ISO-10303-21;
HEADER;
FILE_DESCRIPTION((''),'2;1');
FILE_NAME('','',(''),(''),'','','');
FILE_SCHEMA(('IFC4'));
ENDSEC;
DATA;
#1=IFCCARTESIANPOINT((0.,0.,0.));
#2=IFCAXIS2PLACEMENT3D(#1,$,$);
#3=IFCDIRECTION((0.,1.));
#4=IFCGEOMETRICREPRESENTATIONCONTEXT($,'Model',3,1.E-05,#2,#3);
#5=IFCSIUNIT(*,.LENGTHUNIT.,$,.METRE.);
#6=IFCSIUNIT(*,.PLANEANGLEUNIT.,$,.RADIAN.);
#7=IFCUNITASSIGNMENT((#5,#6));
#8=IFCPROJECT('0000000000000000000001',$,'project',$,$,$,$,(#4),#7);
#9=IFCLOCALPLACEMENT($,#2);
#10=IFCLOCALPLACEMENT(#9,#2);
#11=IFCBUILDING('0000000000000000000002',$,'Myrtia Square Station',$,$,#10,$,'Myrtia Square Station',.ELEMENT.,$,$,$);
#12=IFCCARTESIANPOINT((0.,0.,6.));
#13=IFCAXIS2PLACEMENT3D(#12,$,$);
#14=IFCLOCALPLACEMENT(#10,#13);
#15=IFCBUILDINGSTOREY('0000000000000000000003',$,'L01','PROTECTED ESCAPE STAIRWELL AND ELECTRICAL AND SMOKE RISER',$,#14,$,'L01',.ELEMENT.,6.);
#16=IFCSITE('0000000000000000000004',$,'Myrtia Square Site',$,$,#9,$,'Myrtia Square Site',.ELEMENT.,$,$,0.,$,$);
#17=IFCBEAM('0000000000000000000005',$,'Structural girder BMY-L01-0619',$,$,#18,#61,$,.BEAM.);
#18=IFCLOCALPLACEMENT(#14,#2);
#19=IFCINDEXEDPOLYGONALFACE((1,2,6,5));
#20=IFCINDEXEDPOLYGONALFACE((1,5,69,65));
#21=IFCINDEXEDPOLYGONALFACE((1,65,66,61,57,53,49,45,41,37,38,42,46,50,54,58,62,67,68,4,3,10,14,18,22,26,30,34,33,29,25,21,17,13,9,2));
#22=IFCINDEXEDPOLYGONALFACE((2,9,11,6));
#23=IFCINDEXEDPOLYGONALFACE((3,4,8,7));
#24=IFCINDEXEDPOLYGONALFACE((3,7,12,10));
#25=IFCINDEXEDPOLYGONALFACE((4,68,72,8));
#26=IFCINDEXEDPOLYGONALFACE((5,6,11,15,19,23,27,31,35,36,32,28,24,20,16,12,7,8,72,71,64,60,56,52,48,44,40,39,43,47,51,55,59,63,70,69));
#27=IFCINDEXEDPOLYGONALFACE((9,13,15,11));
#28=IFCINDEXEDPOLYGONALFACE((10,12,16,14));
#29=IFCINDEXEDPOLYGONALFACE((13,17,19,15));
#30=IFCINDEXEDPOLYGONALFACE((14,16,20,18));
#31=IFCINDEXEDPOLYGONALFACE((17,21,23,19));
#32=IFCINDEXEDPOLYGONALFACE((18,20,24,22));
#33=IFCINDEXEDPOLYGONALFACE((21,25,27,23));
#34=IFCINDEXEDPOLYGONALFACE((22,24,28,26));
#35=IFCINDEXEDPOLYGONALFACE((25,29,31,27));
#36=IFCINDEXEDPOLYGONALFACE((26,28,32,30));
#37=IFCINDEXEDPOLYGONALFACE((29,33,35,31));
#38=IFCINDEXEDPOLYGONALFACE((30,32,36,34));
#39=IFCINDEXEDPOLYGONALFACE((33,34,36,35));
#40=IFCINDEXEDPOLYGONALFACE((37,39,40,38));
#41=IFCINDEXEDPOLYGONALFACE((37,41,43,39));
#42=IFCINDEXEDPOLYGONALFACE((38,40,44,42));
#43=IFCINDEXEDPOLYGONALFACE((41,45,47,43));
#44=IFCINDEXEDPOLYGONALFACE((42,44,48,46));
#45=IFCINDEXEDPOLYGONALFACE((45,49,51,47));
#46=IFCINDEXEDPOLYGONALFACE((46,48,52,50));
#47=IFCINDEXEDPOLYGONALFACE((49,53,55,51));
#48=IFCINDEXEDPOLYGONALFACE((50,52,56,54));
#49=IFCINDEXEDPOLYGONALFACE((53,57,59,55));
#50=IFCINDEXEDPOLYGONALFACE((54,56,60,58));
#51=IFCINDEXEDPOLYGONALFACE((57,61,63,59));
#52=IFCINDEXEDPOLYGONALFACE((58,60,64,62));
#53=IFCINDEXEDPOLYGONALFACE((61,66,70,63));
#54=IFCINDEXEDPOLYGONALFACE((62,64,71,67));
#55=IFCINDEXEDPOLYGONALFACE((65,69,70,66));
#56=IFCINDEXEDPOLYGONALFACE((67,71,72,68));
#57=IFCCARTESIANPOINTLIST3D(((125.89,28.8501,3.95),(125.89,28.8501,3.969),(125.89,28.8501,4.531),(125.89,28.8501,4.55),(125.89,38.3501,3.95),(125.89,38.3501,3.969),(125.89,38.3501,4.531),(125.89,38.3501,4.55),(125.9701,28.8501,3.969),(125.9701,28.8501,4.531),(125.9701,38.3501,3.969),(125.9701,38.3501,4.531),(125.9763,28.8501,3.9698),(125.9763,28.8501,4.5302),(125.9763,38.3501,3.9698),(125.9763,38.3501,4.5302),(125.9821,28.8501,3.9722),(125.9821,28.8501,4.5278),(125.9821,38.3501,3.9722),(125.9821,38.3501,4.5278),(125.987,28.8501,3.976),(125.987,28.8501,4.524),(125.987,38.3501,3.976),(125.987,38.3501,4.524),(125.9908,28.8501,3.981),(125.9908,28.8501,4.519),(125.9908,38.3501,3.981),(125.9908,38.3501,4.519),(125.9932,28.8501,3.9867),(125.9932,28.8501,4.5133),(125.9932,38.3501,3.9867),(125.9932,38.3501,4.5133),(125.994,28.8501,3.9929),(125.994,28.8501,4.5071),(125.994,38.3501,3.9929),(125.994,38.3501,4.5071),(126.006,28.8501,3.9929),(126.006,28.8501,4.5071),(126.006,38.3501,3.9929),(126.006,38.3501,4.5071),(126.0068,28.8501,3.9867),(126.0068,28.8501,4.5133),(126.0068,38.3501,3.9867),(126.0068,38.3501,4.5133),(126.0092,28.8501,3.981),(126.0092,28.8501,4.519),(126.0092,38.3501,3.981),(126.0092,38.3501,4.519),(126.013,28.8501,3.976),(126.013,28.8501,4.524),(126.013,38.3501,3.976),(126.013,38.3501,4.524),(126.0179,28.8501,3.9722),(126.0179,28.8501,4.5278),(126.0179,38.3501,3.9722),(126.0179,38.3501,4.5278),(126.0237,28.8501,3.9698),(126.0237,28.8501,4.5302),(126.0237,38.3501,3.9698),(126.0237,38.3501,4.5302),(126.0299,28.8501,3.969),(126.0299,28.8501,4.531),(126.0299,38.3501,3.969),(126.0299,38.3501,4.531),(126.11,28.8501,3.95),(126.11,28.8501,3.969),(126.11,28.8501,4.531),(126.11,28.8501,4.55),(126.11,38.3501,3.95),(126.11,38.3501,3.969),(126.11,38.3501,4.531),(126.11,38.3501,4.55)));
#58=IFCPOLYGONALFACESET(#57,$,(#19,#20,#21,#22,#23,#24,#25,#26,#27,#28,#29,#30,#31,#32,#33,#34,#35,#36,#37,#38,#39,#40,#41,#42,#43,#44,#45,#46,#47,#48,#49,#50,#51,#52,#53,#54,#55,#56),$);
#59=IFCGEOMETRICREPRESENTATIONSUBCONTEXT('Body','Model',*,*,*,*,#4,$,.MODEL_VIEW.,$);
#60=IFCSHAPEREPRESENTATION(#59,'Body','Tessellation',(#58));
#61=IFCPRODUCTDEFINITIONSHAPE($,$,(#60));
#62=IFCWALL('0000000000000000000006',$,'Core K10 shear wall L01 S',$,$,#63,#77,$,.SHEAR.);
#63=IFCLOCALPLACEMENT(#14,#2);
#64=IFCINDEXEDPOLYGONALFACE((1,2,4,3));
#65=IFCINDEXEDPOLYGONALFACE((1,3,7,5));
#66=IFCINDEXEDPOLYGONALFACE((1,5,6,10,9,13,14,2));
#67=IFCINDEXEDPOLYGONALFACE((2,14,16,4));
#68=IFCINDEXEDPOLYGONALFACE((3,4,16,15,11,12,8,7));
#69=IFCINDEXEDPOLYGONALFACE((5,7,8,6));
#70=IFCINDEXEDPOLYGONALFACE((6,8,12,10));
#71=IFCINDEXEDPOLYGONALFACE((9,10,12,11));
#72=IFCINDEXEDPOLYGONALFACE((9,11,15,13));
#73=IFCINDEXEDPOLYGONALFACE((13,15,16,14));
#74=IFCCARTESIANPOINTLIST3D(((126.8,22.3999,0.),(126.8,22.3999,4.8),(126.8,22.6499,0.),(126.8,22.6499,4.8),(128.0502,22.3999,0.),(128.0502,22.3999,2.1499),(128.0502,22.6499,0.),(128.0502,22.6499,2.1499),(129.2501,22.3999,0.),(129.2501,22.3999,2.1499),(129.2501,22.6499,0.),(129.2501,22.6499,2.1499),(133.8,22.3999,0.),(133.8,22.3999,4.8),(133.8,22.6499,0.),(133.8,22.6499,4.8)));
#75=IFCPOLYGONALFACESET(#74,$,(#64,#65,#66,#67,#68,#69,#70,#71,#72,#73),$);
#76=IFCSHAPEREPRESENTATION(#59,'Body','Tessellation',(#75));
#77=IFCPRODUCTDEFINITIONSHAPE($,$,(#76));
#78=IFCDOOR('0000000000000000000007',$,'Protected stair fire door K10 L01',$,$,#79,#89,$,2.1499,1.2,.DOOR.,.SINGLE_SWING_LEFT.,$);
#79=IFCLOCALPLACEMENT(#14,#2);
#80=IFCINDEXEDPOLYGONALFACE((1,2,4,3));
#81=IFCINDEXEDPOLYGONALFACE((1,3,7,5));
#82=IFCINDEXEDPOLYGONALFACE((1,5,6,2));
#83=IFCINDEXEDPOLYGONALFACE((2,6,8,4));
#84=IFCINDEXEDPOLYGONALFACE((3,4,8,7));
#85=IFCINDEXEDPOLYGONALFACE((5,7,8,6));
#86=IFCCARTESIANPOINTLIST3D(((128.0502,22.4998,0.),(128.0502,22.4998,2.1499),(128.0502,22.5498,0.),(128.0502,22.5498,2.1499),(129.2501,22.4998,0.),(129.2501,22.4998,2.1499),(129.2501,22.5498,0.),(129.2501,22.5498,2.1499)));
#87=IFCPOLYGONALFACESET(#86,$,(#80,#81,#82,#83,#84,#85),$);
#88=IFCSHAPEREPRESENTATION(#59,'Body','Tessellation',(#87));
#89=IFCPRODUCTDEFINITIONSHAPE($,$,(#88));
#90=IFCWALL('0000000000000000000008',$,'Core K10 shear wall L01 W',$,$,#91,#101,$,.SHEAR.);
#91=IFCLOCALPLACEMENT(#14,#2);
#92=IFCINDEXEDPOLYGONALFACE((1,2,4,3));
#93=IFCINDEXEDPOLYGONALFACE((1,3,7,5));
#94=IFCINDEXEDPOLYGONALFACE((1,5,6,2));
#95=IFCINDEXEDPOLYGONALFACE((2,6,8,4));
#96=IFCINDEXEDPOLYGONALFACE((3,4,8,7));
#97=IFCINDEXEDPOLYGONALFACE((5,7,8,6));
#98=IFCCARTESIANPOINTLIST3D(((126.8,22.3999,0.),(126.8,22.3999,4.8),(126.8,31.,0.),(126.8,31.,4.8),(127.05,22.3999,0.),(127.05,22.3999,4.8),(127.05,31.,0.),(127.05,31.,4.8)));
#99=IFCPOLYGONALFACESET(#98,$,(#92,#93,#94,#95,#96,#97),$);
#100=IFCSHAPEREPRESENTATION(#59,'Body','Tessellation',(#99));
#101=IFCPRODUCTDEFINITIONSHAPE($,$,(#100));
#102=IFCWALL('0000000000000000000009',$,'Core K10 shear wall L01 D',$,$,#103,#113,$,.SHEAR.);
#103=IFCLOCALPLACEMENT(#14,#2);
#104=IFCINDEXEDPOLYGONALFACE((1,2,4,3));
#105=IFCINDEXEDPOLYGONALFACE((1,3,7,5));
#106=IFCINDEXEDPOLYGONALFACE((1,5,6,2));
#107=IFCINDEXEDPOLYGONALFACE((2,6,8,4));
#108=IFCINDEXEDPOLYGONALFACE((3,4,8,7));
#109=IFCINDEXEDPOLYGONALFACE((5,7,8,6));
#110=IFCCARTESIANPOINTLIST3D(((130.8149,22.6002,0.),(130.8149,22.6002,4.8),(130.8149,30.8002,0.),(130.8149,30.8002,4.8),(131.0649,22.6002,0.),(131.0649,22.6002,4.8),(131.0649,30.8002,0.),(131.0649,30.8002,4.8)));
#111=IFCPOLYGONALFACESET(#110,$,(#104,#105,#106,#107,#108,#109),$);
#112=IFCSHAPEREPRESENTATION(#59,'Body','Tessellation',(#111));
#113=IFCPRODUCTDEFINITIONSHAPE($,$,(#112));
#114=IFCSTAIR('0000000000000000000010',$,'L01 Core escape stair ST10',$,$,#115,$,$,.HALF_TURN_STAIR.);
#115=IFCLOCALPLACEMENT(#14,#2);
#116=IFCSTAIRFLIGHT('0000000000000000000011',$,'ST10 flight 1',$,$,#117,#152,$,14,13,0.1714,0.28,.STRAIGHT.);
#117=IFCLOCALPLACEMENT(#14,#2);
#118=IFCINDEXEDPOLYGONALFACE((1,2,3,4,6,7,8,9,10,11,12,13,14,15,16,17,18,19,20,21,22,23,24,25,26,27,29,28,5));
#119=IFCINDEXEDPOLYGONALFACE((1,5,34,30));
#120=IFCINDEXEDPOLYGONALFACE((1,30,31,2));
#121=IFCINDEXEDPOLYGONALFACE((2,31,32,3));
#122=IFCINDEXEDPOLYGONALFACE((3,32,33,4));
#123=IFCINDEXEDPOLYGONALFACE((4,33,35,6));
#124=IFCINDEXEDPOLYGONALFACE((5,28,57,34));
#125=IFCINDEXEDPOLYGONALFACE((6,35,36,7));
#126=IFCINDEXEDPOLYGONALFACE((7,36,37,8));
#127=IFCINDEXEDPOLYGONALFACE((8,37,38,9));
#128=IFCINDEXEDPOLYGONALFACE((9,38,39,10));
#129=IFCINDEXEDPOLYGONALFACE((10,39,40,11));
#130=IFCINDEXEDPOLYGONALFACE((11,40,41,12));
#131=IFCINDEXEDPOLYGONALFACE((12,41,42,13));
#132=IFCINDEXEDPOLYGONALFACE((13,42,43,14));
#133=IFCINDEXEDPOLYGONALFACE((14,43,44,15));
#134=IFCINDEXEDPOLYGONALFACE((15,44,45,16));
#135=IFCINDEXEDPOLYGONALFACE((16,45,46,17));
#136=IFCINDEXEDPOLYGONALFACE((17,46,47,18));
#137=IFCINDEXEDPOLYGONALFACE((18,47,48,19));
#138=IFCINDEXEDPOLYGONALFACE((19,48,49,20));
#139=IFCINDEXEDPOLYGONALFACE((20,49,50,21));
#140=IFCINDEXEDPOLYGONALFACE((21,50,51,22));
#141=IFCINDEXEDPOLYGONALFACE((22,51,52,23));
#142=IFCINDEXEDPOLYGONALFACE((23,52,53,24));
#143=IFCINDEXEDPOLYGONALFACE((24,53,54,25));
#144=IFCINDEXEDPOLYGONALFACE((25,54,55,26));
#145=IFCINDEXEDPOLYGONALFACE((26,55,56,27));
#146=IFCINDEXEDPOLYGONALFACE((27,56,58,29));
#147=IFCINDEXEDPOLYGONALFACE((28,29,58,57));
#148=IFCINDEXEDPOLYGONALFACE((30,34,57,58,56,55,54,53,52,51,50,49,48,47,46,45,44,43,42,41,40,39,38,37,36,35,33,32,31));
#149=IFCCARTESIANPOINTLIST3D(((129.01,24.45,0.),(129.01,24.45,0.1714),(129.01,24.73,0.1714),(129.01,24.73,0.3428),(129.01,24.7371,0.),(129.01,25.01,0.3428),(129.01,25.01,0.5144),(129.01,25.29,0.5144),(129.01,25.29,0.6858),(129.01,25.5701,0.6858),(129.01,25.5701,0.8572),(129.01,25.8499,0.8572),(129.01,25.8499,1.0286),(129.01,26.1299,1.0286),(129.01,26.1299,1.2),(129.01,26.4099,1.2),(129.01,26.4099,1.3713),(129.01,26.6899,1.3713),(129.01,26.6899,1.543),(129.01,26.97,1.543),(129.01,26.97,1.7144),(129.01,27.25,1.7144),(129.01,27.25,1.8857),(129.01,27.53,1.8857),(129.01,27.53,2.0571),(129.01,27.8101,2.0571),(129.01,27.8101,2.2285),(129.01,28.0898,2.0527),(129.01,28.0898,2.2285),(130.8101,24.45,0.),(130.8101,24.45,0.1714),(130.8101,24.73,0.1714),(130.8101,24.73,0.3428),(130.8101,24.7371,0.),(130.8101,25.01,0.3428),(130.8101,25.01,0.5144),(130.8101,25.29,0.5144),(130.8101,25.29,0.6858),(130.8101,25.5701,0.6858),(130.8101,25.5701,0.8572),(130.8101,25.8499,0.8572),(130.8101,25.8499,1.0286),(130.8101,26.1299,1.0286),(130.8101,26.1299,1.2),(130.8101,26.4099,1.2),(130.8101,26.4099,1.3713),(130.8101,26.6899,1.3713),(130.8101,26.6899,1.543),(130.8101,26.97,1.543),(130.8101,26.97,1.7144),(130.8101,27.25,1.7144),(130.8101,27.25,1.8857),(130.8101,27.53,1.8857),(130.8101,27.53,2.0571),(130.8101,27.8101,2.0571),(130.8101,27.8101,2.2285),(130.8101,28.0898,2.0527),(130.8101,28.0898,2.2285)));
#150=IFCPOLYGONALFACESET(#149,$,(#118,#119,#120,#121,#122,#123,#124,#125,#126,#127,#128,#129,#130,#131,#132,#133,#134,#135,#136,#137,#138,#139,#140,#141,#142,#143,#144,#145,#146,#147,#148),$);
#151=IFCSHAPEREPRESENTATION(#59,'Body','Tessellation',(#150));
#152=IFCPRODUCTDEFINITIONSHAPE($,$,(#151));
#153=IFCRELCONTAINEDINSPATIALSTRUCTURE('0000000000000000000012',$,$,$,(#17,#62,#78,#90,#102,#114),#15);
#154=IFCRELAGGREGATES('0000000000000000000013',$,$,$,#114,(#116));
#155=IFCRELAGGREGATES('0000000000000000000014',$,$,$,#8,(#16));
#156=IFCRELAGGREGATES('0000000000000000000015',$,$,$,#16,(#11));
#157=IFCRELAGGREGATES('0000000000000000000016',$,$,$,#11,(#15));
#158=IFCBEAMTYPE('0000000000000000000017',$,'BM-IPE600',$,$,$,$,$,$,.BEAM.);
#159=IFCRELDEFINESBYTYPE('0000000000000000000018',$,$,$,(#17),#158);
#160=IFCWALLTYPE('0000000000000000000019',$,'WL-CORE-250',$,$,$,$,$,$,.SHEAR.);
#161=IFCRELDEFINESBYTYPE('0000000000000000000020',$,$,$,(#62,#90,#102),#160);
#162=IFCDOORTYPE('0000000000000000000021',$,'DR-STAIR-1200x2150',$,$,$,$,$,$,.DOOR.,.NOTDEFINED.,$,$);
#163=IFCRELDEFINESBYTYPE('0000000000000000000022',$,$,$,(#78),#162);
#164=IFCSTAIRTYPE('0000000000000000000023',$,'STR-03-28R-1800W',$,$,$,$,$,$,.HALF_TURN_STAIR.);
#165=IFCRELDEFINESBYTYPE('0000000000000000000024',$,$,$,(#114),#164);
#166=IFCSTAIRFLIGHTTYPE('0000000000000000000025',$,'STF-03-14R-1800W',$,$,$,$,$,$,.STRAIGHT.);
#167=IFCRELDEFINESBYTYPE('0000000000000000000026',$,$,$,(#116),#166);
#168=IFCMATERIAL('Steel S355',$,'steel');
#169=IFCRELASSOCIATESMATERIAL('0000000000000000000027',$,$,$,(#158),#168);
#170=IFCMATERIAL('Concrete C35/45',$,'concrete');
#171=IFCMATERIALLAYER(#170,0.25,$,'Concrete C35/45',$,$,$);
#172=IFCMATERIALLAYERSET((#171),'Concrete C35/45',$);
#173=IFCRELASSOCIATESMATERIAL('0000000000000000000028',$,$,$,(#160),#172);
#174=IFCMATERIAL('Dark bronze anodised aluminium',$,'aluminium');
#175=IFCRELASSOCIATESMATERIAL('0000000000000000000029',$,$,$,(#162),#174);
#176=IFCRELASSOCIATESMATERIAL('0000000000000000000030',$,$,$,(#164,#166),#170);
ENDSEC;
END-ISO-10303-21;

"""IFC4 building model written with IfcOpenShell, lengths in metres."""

from ifc_helpers import new_model, si_unit, direction, frame, frame_2d, origin, origin_2d, place, context, subcontext, project, spatial, polyline, rectangle, i_section, outline, extrude, material, layer, layer_set, material_profile, profile_set, type_object, element, fill, aggregate, save


model = new_model("IFC4")

# Units and contexts
model_context = context("Model", 3, precision=1e-05, world=origin(), true_north=direction((0.0, 1.0)))
body_context = subcontext(model_context, "Body", "Model", "MODEL_VIEW")
ifc_project = project(units=[si_unit("LENGTHUNIT", "METRE"), si_unit("PLANEANGLEUNIT", "RADIAN")], contexts=[model_context])

# Site, building, storey
site_placement = place(None, origin())
site = spatial("IfcSite", under=ifc_project, at=site_placement, Name="Myrtia Square Site", LongName="Myrtia Square Site", CompositionType="ELEMENT", RefElevation=0.0)
building_placement = place(site_placement, origin())
building = spatial("IfcBuilding", under=site, at=building_placement, Name="Myrtia Square Station", LongName="Myrtia Square Station", CompositionType="ELEMENT")
storey_placement = place(building_placement, frame((0.0, 0.0, 6.0)))
storey = spatial("IfcBuildingStorey", under=building, at=storey_placement, Name="L01", Description="PROTECTED ESCAPE STAIRWELL AND ELECTRICAL AND SMOKE RISER", LongName="L01", CompositionType="ELEMENT", Elevation=6.0)

# Shared definitions
ifc_material_1 = material(Name="Steel S355", Category="steel")

# Beam
ifc_material_profile_1 = material_profile(ifc_material_1, i_section(OverallWidth=0.22, OverallDepth=0.6001, WebThickness=0.012, FlangeThickness=0.019, FilletRadius=0.0239, at=origin_2d()), Name="IPE 600")
ifc_profile_set_1 = profile_set([ifc_material_profile_1], Name="Steel S355")
beam_type_1 = type_object("IfcBeamType", Name="BM-IPE600", PredefinedType="BEAM", material=ifc_profile_set_1)
for number, where, z_axis, x_axis, name in (
    (1, (126.0, 28.8501, 4.25), (0.0, 1.0, 0.0), (-1.0, 0.0, 0.0), "Structural girder BMY-L01-0619"),
):
    element("IfcBeam", number, at=place(storey_placement, frame(where, z_axis=z_axis, x_axis=x_axis)), inside=storey, type_object=beam_type_1, Name=name, PredefinedType="BEAM", context=body_context, shape_type="SweptSolid", body=[
        extrude(i_section(OverallWidth=0.22, OverallDepth=0.6001, WebThickness=0.012, FlangeThickness=0.019, FilletRadius=0.0239, at=origin_2d()), origin(), (0.0, 0.0, 1.0), 9.5),
    ])

# Wall, opening, door
ifc_material_2 = material(Name="Concrete C35/45", Category="concrete")
ifc_layer = layer(ifc_material_2, 0.25, Name="Concrete C35/45")
ifc_layer_set = layer_set([ifc_layer], Name="Concrete C35/45")
wall_type = type_object("IfcWallType", Name="WL-CORE-250", PredefinedType="SHEAR", material=ifc_layer_set)
wall_1_placement = place(storey_placement, frame((126.8, 22.5249, 0.0), z_axis=(0.0, 0.0, 1.0), x_axis=(1.0, 0.0, 0.0)))
wall_1 = element("IfcWall", 2, at=wall_1_placement, inside=storey, type_object=wall_type, Name="Core K10 shear wall L01 S", PredefinedType="SHEAR", context=body_context, shape_type="SweptSolid", body=[
    extrude(rectangle(XDim=7.0, YDim=0.25, at=frame_2d((3.5, 0.0))), origin(), (0.0, 0.0, 1.0), 4.8),
])
opening_placement = place(wall_1_placement, frame((1.25, 0.0, 0.0)))
opening = element("IfcOpeningElement", 3, at=opening_placement, cuts=wall_1, PredefinedType="OPENING", context=body_context, shape_type="SweptSolid", body=[
    extrude(rectangle(XDim=1.2, YDim=2.1499, at=frame_2d((0.6001, 1.075))), frame((0.0, 0.1399, 0.0), z_axis=(0.0, -1.0, 0.0), x_axis=(1.0, 0.0, 0.0)), (0.0, 0.0, 1.0), 0.28),
])
ifc_material_3 = material(Name="Dark bronze anodised aluminium", Category="aluminium")
door_type = type_object("IfcDoorType", Name="DR-STAIR-1200x2150", OperationType="NOTDEFINED", PredefinedType="DOOR", material=ifc_material_3)
door_placement = place(opening_placement, origin())
door = element("IfcDoor", 4, at=door_placement, inside=storey, type_object=door_type, Name="Protected stair fire door K10 L01", OperationType="SINGLE_SWING_LEFT", OverallHeight=2.1499, OverallWidth=1.2, PredefinedType="DOOR", context=body_context, shape_type="SweptSolid", body=[
    extrude(rectangle(XDim=1.2, YDim=2.1499, at=frame_2d((0.6001, 1.075))), frame((0.0, 0.0249, 0.0), z_axis=(0.0, -1.0, 0.0), x_axis=(1.0, 0.0, 0.0)), (0.0, 0.0, 1.0), 0.05),
])
fill(opening, door)

# Walls
wall_2_placement = place(storey_placement, frame((126.925, 22.3999, 0.0), z_axis=(0.0, 0.0, 1.0), x_axis=(0.0, 1.0, 0.0)))
element("IfcWall", 5, at=wall_2_placement, inside=storey, type_object=wall_type, Name="Core K10 shear wall L01 W", PredefinedType="SHEAR", context=body_context, shape_type="SweptSolid", body=[
    extrude(rectangle(XDim=8.6001, YDim=0.25, at=frame_2d((4.3, 0.0))), origin(), (0.0, 0.0, 1.0), 4.8),
])
wall_3_placement = place(storey_placement, frame((130.9399, 22.6001, 0.0), z_axis=(0.0, 0.0, 1.0), x_axis=(0.0, 1.0, 0.0)))
element("IfcWall", 6, at=wall_3_placement, inside=storey, type_object=wall_type, Name="Core K10 shear wall L01 D", PredefinedType="SHEAR", context=body_context, shape_type="SweptSolid", body=[
    extrude(rectangle(XDim=8.2, YDim=0.25, at=frame_2d((4.1001, 0.0))), origin(), (0.0, 0.0, 1.0), 4.8),
])

# Stair, stair flight
stair_type = type_object("IfcStairType", Name="STR-03-28R-1800W", PredefinedType="HALF_TURN_STAIR", material=ifc_material_2)
stair_placement = place(storey_placement, origin())
stair = element("IfcStair", 7, at=stair_placement, inside=storey, type_object=stair_type, Name="L01 Core escape stair ST10", PredefinedType="HALF_TURN_STAIR")
stair_flight_type = type_object("IfcStairFlightType", Name="STF-03-14R-1800W", PredefinedType="STRAIGHT", material=ifc_material_2)
stair_flight_1_placement = place(storey_placement, frame((129.9099, 24.45, 0.0), z_axis=(0.0, 0.0, 1.0), x_axis=(0.0, 1.0, 0.0)))
stair_flight_1 = element("IfcStairFlight", 8, at=stair_flight_1_placement, type_object=stair_flight_type, Name="ST10 flight 1", NumberOfRisers=14, NumberOfTreads=13, PredefinedType="STRAIGHT", RiserHeight=0.1714, TreadLength=0.28, context=body_context, shape_type="SweptSolid", body=[
    extrude(outline(polyline([(0.0, 0.0), (0.0, 0.1714), (0.28, 0.1714), (0.28, 0.3428), (0.5601, 0.3428), (0.5601, 0.5144), (0.8401, 0.5144), (0.8401, 0.6858), (1.1201, 0.6858), (1.1201, 0.8572), (1.3999, 0.8572), (1.3999, 1.0286), (1.6799, 1.0286), (1.6799, 1.2), (1.96, 1.2), (1.96, 1.3713), (2.24, 1.3713), (2.24, 1.543), (2.52, 1.543), (2.52, 1.7144), (2.8, 1.7144), (2.8, 1.8857), (3.0801, 1.8857), (3.0801, 2.0571), (3.3601, 2.0571), (3.3601, 2.2285), (3.6399, 2.2285), (3.6399, 2.3999), (3.6399, 2.0527), (0.2871, 0.0), (0.0, 0.0)])), frame((0.0, 0.8999, 0.0), z_axis=(0.0, -1.0, 0.0), x_axis=(1.0, 0.0, 0.0)), (0.0, 0.0, 1.0), 1.8),
])
aggregate(stair, [stair_flight_1])

save(model, "model.ifc")
